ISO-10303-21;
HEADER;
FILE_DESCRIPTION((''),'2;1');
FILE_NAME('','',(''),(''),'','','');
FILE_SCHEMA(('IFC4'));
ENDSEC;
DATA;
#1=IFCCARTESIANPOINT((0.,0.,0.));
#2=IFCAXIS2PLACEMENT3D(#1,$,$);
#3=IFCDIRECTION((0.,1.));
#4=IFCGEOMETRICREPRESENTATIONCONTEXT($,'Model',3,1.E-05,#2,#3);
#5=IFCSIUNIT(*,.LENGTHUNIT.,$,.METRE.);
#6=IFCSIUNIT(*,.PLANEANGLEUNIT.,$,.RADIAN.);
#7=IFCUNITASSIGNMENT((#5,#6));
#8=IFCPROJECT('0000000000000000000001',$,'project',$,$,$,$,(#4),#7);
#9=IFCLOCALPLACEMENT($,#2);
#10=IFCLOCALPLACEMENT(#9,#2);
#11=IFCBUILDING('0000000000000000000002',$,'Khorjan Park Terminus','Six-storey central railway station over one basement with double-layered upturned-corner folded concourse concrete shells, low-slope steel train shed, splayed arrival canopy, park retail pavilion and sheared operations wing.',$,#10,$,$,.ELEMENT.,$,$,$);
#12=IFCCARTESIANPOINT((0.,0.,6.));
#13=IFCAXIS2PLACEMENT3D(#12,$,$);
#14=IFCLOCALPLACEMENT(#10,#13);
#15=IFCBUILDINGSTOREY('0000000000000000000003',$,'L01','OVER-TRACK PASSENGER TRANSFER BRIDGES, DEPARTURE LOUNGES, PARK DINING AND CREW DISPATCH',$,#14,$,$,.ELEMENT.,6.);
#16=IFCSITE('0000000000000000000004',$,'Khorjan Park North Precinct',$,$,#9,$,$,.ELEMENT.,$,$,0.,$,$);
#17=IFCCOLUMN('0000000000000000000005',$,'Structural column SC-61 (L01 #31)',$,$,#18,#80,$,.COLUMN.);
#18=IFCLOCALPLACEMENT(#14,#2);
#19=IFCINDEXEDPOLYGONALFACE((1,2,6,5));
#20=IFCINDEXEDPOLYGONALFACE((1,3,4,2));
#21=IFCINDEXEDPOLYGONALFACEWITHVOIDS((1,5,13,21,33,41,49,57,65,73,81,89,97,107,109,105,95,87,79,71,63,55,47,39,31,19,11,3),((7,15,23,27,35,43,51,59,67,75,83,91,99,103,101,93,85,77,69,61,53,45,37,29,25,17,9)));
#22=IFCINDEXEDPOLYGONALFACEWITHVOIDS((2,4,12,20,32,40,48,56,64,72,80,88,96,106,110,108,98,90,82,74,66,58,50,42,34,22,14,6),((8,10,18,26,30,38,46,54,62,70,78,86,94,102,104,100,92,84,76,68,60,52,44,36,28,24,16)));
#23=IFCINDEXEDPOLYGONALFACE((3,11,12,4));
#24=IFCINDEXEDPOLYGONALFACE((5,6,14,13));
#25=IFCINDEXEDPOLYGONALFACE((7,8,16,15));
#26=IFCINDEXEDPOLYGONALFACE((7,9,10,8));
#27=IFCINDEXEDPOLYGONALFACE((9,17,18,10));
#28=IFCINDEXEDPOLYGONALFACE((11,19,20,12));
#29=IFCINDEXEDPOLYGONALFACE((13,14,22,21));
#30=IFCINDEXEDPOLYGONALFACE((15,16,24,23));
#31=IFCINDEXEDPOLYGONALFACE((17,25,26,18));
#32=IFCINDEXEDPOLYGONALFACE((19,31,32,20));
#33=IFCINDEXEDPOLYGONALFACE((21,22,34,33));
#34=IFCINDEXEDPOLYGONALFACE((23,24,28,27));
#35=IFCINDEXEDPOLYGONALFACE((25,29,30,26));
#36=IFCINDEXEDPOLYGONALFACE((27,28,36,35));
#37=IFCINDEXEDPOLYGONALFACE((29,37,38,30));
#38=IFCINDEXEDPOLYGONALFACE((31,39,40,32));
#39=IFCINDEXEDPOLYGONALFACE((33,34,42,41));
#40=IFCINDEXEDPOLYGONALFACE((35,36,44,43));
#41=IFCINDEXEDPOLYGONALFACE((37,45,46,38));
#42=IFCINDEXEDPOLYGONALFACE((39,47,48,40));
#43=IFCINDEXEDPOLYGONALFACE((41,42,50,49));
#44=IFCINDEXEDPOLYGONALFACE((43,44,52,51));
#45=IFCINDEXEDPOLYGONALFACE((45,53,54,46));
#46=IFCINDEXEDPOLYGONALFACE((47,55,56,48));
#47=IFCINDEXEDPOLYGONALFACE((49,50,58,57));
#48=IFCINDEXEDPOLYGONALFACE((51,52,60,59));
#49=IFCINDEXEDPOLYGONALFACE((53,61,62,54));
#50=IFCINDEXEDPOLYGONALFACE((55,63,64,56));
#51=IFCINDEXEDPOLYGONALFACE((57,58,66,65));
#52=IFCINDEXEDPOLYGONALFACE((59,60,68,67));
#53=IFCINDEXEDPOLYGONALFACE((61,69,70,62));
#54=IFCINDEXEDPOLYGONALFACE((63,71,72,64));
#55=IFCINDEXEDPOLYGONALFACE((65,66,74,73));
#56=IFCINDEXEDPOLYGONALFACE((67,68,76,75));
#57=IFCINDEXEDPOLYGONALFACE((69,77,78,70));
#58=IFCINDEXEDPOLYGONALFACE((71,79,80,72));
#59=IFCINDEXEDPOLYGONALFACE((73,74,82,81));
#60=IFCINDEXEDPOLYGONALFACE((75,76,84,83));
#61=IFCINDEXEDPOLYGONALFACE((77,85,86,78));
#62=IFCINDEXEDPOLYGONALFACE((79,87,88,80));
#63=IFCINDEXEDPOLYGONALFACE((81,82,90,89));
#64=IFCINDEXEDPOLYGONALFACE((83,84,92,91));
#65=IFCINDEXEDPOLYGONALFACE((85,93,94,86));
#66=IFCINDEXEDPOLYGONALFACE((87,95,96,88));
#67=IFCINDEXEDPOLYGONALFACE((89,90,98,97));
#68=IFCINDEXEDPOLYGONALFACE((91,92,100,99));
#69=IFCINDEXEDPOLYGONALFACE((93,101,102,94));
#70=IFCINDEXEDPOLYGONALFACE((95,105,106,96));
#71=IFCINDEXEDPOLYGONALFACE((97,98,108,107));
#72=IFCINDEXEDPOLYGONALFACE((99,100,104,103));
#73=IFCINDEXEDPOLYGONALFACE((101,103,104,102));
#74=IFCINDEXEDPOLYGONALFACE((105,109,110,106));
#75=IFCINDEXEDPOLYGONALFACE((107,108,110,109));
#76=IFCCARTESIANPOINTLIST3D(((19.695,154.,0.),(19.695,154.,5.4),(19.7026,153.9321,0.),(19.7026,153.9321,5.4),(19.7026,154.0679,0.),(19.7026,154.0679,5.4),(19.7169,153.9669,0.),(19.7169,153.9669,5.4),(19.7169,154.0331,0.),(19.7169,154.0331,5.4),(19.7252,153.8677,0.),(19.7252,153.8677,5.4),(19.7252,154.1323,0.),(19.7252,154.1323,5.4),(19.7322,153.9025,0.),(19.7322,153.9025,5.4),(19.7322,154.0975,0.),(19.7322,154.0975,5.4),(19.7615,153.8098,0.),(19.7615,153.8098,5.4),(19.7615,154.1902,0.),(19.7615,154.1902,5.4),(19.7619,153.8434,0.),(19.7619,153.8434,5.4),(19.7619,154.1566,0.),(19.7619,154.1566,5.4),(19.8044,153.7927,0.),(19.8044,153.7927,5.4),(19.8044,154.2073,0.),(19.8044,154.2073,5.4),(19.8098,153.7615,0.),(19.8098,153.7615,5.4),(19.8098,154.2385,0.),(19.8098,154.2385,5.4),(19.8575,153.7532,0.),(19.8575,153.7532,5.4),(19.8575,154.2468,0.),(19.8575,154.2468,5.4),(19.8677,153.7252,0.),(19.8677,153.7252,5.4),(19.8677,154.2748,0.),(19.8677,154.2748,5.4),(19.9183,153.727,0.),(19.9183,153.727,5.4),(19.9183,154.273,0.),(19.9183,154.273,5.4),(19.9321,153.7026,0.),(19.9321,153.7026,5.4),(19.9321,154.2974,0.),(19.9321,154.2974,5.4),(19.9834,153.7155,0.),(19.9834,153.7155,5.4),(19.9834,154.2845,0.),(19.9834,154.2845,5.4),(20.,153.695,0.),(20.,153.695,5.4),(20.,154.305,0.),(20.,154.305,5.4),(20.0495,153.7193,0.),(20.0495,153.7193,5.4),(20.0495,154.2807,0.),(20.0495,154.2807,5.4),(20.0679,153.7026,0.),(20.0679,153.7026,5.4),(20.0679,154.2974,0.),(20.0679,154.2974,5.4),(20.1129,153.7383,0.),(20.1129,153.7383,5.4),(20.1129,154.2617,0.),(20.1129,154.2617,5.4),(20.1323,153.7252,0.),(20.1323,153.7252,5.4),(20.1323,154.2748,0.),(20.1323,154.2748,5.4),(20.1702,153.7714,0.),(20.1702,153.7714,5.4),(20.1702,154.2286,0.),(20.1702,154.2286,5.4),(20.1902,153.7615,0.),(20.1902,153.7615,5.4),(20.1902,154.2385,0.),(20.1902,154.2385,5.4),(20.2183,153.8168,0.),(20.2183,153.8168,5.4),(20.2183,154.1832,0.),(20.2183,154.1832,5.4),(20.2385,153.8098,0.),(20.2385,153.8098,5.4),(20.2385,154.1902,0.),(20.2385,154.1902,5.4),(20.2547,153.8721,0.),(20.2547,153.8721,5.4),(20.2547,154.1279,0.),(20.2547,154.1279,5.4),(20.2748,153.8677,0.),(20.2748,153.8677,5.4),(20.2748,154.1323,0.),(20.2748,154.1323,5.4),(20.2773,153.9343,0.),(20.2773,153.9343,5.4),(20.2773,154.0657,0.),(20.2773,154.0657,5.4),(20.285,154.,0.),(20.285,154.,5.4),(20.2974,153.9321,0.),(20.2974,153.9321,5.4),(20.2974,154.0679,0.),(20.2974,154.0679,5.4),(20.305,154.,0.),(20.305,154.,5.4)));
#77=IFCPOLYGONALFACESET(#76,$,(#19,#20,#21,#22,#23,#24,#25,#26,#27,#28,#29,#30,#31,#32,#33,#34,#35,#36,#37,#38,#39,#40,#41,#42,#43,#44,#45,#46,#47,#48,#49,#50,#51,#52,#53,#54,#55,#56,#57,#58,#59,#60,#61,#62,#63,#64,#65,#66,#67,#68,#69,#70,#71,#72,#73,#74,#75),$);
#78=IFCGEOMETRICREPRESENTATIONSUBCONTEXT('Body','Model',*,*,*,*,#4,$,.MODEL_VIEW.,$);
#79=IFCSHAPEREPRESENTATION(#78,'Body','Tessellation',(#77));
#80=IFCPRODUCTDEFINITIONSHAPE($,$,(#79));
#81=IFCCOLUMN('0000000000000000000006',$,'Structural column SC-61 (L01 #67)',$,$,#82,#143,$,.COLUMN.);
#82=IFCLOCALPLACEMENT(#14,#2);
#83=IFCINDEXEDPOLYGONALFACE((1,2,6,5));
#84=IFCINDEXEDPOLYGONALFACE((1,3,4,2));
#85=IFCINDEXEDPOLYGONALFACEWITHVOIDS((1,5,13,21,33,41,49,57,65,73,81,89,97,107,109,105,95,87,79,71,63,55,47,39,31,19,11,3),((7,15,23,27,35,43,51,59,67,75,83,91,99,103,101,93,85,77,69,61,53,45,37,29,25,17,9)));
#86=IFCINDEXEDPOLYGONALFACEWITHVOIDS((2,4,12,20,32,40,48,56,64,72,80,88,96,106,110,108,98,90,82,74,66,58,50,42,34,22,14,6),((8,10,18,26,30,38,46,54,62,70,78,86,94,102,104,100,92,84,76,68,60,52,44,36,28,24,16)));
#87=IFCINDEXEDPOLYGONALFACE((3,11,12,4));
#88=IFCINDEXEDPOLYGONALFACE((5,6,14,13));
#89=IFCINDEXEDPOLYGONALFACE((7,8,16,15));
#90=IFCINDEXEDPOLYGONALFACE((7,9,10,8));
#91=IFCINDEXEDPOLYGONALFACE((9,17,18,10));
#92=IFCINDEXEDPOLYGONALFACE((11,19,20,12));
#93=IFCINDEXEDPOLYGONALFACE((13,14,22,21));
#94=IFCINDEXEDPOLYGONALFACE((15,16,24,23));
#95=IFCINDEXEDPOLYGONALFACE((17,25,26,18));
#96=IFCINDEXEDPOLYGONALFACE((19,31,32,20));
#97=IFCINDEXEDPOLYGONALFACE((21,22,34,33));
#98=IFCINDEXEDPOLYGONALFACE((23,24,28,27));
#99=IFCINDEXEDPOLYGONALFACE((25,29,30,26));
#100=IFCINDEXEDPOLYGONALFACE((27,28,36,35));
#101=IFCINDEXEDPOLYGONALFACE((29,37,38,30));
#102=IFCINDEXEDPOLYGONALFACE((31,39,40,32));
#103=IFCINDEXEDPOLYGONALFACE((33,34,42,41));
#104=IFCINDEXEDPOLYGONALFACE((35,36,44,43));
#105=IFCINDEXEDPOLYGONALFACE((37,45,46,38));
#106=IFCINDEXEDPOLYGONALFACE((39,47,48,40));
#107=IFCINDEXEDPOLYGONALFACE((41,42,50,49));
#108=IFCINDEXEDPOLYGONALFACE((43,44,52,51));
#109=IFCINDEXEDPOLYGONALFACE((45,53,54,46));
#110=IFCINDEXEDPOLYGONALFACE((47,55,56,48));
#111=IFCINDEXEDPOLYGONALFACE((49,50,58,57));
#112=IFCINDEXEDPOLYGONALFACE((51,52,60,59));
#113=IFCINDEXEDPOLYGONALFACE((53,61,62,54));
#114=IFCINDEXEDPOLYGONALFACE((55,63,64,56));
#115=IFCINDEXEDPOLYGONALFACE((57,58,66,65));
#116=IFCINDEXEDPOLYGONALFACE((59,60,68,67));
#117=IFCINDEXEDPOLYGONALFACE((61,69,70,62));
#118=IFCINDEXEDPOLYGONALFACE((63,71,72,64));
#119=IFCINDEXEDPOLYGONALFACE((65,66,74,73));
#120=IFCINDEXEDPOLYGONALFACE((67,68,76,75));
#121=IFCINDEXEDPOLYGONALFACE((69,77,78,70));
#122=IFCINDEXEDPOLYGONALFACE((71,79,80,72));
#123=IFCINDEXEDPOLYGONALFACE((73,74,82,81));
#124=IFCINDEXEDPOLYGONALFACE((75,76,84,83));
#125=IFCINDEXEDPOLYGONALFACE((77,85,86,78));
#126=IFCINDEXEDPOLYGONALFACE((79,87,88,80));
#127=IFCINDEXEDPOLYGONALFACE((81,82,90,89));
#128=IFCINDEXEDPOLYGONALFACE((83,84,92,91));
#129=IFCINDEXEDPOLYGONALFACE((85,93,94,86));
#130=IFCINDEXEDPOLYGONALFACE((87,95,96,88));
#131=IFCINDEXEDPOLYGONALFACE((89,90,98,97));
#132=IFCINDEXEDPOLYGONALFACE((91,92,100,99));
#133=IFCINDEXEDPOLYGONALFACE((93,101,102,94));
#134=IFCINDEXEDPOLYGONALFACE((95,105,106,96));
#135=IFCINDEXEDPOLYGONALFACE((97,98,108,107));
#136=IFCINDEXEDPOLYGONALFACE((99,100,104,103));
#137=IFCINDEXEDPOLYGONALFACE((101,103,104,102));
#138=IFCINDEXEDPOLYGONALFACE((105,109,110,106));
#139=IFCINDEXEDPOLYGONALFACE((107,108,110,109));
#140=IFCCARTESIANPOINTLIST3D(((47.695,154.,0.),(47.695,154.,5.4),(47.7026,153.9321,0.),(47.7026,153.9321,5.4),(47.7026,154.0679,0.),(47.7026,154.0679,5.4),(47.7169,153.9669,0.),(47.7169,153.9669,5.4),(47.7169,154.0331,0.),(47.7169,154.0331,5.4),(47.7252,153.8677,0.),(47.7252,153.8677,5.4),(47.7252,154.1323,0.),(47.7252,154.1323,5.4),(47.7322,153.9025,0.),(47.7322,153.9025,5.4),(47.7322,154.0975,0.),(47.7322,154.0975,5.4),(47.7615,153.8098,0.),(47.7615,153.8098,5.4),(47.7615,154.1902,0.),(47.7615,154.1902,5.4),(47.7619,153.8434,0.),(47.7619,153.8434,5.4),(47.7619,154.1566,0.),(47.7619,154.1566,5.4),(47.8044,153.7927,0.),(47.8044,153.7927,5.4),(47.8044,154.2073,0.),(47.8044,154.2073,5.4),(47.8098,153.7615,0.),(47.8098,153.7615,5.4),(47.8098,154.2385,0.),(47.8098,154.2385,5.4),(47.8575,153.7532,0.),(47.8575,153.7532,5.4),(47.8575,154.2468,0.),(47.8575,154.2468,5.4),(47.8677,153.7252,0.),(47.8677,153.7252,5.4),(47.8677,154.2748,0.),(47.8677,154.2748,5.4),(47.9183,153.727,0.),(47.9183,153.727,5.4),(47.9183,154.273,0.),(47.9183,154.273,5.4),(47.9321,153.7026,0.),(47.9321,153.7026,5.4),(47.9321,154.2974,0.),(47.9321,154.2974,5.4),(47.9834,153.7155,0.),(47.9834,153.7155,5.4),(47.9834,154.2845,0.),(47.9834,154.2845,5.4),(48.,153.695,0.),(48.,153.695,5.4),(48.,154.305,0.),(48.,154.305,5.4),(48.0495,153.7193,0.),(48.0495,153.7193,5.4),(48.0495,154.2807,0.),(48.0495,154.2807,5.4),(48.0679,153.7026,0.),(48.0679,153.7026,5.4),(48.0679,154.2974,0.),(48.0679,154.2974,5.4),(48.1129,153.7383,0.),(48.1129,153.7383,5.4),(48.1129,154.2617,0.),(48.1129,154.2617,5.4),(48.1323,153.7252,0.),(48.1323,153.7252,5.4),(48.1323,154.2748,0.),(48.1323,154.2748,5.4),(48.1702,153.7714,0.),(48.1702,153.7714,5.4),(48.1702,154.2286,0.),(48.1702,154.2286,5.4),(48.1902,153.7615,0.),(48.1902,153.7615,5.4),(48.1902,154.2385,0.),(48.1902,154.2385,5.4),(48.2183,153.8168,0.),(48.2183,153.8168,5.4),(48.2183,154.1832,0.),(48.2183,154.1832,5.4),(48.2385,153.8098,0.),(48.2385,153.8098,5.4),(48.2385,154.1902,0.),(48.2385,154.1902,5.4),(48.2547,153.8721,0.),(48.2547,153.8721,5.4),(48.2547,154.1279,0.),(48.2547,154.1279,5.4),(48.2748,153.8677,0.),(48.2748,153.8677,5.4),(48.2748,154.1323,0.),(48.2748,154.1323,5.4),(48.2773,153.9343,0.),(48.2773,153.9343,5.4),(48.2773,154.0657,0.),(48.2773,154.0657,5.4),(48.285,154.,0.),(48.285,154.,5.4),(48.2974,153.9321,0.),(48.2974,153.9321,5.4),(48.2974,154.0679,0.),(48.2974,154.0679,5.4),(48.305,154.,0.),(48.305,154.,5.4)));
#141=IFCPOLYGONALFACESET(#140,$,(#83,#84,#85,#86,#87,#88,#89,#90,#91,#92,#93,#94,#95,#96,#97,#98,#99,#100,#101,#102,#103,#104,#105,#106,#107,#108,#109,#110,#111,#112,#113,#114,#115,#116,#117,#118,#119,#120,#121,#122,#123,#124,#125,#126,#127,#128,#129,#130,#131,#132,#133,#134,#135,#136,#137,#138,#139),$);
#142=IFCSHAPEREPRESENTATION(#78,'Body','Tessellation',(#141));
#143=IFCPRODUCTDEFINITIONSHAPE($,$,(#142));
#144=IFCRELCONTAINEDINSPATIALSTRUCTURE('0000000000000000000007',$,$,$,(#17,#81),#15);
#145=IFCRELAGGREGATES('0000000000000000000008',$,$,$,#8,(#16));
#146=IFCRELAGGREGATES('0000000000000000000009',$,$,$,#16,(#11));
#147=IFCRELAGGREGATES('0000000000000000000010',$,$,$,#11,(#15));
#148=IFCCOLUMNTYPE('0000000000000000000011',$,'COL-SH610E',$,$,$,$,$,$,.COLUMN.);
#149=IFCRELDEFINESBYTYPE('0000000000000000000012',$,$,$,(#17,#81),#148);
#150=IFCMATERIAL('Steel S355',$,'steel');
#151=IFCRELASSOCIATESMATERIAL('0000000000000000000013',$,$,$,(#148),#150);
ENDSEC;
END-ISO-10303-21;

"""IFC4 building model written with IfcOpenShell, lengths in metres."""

from ifc_helpers import new_model, si_unit, direction, frame, origin, origin_2d, place, context, subcontext, project, spatial, hollow_circle, extrude, material, material_profile, profile_set, type_object, element, save


model = new_model("IFC4")

# Units and contexts
model_context = context("Model", 3, precision=1e-05, world=origin(), true_north=direction((0.0, 1.0)))
body_context = subcontext(model_context, "Body", "Model", "MODEL_VIEW")
ifc_project = project(units=[si_unit("LENGTHUNIT", "METRE"), si_unit("PLANEANGLEUNIT", "RADIAN")], contexts=[model_context])

# Site, building, storey
site_placement = place(None, origin())
site = spatial("IfcSite", under=ifc_project, at=site_placement, Name="Khorjan Park North Precinct", CompositionType="ELEMENT", RefElevation=0.0)
building_placement = place(site_placement, origin())
building = spatial("IfcBuilding", under=site, at=building_placement, Name="Khorjan Park Terminus", Description="Six-storey central railway station over one basement with double-layered upturned-corner folded concourse concrete shells, low-slope steel train shed, splayed arrival canopy, park retail pavilion and sheared operations wing.", CompositionType="ELEMENT")
storey_placement = place(building_placement, frame((0.0, 0.0, 6.0)))
storey = spatial("IfcBuildingStorey", under=building, at=storey_placement, Name="L01", Description="OVER-TRACK PASSENGER TRANSFER BRIDGES, DEPARTURE LOUNGES, PARK DINING AND CREW DISPATCH", CompositionType="ELEMENT", Elevation=6.0)

# Columns
ifc_material_1 = material(Name="Steel S355", Category="steel")
ifc_material_profile_1 = material_profile(ifc_material_1, hollow_circle(Radius=0.305, WallThickness=0.02, at=origin_2d()), Name="CHS 610x20")
ifc_profile_set_1 = profile_set([ifc_material_profile_1], Name="Steel S355")
column_type_1 = type_object("IfcColumnType", Name="COL-SH610E", PredefinedType="COLUMN", material=ifc_profile_set_1)
for number, where, z_axis, x_axis, name in (
    (1, (20.0, 154.0, 0.0), (0.0, 0.0, 1.0), (1.0, 0.0, 0.0), "Structural column SC-61 (L01 #31)"),
    (2, (48.0, 154.0, 0.0), (0.0, 0.0, 1.0), (1.0, 0.0, 0.0), "Structural column SC-61 (L01 #67)"),
):
    element("IfcColumn", number, at=place(storey_placement, frame(where, z_axis=z_axis, x_axis=x_axis)), inside=storey, type_object=column_type_1, Name=name, PredefinedType="COLUMN", context=body_context, shape_type="SweptSolid", body=[
        extrude(hollow_circle(Radius=0.305, WallThickness=0.02, at=origin_2d()), origin(), (0.0, 0.0, 1.0), 5.4),
    ])

save(model, "model.ifc")
